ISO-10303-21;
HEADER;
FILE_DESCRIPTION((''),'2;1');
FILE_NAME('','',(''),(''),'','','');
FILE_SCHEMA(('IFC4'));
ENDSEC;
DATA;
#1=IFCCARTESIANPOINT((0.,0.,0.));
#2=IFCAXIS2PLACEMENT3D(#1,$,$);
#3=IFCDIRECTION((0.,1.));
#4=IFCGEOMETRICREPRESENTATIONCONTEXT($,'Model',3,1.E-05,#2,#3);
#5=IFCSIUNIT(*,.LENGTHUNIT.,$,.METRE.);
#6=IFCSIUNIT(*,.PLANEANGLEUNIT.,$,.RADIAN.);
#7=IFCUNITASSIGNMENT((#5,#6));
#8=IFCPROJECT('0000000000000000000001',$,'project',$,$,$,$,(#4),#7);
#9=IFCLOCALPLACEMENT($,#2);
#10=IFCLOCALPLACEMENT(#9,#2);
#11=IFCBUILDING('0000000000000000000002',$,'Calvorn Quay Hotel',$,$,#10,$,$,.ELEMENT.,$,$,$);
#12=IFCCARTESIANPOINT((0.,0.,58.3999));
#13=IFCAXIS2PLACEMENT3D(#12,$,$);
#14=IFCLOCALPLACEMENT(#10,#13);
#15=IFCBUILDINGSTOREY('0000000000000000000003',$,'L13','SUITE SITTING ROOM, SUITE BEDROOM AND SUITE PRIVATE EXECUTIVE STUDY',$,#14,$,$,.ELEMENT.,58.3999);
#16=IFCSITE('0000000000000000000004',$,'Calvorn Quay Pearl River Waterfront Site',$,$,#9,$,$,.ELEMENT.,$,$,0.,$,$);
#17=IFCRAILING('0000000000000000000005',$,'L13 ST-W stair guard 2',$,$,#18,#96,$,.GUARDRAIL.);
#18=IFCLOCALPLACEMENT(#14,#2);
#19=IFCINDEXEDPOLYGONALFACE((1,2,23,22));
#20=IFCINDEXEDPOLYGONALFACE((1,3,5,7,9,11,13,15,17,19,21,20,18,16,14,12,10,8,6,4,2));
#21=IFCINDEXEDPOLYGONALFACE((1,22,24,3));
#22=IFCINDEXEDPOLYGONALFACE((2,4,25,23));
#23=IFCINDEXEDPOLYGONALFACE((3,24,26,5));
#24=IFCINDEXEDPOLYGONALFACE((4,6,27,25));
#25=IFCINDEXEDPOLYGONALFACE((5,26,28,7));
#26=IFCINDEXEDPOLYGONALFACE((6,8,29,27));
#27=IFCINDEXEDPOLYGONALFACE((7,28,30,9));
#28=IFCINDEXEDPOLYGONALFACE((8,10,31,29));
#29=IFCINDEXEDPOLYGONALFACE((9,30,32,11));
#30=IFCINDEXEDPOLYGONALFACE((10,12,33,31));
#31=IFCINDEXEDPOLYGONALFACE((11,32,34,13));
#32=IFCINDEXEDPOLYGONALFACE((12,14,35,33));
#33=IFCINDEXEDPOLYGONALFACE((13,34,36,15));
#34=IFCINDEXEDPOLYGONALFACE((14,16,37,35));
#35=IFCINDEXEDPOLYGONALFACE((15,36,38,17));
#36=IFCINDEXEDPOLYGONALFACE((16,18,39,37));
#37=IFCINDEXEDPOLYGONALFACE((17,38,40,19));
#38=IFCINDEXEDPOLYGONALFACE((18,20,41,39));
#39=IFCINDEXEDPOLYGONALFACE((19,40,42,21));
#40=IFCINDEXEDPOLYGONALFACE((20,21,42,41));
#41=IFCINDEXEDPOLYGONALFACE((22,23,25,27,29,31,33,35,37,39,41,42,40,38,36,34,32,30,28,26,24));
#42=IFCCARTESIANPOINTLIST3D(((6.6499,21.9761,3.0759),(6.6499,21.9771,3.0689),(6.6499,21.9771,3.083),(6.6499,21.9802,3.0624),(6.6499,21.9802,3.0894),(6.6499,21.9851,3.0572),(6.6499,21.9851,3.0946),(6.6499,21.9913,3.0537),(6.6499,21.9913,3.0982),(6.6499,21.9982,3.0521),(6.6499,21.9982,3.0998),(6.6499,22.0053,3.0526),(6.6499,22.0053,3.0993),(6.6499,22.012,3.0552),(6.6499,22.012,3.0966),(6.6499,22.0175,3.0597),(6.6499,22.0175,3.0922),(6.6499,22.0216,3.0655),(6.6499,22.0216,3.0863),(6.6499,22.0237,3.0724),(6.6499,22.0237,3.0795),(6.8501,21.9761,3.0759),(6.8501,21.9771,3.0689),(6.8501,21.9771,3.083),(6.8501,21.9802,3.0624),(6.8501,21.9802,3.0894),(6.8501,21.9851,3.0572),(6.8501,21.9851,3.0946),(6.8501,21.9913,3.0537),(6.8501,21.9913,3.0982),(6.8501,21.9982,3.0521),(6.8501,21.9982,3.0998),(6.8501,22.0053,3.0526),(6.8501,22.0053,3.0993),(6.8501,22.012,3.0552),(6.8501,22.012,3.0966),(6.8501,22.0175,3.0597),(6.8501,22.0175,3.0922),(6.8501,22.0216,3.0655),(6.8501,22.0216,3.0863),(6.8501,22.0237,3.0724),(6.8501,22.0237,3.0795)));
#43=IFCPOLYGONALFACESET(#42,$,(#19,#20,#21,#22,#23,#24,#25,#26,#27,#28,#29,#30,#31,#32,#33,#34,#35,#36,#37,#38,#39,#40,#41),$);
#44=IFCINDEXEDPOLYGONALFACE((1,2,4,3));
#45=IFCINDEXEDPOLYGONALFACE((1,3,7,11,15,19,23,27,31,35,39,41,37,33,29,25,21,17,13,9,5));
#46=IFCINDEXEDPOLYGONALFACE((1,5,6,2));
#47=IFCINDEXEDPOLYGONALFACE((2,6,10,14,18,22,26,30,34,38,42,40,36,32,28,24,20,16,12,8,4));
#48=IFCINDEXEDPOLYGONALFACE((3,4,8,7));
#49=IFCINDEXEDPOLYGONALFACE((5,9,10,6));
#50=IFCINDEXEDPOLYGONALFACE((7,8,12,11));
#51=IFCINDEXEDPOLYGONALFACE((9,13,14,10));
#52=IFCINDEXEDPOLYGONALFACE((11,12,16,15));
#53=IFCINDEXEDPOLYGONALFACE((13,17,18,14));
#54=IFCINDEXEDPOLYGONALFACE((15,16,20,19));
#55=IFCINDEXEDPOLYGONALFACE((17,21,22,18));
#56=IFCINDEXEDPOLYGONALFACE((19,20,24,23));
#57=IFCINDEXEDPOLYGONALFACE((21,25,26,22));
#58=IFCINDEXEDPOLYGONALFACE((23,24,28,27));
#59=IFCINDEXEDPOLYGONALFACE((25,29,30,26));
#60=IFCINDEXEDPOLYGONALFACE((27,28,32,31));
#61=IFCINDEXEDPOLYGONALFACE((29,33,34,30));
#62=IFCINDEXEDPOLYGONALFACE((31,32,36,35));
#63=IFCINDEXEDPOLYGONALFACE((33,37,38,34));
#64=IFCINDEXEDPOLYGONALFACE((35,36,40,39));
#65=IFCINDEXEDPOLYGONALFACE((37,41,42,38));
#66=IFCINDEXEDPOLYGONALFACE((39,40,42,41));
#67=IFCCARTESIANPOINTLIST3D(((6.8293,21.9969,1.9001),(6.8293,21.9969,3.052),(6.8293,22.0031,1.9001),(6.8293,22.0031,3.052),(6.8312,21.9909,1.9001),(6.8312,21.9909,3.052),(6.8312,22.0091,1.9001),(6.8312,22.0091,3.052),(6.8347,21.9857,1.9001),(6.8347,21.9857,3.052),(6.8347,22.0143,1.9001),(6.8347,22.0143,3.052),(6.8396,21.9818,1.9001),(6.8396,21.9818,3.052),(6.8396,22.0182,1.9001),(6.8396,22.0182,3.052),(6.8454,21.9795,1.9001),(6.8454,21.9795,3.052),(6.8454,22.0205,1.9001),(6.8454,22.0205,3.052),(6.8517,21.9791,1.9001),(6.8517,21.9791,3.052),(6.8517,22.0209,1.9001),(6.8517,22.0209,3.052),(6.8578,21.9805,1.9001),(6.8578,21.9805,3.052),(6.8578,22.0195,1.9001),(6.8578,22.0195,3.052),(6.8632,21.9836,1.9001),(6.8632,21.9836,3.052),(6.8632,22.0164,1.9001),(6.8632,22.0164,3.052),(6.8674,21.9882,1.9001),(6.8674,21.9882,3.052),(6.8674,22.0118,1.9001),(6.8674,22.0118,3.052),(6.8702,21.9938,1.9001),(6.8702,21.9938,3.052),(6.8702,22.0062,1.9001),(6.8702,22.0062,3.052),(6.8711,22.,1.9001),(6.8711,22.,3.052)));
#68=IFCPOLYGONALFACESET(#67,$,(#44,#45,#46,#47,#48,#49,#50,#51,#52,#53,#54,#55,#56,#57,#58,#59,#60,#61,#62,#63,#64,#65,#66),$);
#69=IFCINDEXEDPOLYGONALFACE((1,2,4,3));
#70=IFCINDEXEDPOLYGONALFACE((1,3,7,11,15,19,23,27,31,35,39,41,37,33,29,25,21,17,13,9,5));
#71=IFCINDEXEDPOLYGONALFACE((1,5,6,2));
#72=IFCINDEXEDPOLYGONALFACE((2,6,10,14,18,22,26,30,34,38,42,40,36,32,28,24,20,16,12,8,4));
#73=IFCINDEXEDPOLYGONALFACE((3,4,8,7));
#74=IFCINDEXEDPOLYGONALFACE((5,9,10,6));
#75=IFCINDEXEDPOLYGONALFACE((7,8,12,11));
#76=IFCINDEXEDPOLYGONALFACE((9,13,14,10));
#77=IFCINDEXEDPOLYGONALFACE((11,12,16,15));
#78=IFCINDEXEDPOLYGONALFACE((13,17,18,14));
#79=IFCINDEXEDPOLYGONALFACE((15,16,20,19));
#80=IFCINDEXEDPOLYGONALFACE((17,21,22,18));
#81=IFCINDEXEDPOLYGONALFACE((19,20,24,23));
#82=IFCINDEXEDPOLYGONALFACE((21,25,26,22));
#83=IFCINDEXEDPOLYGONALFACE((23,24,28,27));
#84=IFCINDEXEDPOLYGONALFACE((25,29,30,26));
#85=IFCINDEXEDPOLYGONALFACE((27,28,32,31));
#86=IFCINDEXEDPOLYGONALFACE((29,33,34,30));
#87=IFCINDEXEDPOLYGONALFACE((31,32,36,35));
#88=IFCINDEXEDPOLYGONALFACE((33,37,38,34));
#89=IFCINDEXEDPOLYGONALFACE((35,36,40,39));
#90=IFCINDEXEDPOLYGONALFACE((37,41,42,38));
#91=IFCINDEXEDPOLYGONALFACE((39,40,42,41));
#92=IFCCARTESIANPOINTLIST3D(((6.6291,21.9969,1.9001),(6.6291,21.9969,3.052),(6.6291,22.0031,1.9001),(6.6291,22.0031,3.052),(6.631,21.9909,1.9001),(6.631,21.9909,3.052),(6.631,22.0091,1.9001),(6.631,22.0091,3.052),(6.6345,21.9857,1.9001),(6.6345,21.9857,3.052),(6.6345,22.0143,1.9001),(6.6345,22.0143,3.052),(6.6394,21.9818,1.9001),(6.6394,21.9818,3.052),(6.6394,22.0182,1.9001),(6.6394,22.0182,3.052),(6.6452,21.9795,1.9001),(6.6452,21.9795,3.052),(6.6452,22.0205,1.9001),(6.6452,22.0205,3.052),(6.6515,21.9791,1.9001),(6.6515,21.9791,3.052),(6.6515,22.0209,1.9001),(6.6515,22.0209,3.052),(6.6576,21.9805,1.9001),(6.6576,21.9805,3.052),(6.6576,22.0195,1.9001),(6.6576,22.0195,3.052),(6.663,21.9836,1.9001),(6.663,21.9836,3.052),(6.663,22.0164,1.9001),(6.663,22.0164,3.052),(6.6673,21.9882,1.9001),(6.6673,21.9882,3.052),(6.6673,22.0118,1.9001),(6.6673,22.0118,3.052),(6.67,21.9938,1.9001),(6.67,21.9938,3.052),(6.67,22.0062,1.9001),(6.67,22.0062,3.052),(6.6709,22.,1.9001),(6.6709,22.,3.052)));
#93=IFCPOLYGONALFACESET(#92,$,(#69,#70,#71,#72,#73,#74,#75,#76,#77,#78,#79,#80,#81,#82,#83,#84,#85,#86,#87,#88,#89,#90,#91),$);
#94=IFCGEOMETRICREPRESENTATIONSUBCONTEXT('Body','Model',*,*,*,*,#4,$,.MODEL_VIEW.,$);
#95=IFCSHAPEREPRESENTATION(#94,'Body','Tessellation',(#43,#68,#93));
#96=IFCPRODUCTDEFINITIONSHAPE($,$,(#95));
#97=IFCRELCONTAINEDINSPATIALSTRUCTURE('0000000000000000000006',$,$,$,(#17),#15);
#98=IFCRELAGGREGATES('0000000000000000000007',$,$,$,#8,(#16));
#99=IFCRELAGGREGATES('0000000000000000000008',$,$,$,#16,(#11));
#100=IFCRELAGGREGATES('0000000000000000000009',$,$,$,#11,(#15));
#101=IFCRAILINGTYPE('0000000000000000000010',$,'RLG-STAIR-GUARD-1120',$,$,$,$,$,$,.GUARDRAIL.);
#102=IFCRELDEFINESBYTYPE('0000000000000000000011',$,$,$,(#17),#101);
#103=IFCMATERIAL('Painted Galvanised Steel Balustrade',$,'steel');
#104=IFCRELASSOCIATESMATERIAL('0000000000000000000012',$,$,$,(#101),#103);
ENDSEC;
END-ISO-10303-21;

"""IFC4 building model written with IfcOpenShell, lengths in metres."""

from ifc_helpers import new_model, si_unit, direction, frame, origin, origin_2d, place, context, subcontext, project, spatial, circle, extrude, material, type_object, element, save


model = new_model("IFC4")

# Units and contexts
model_context = context("Model", 3, precision=1e-05, world=origin(), true_north=direction((0.0, 1.0)))
body_context = subcontext(model_context, "Body", "Model", "MODEL_VIEW")
ifc_project = project(units=[si_unit("LENGTHUNIT", "METRE"), si_unit("PLANEANGLEUNIT", "RADIAN")], contexts=[model_context])

# Site, building, storey
site_placement = place(None, origin())
site = spatial("IfcSite", under=ifc_project, at=site_placement, Name="Calvorn Quay Pearl River Waterfront Site", CompositionType="ELEMENT", RefElevation=0.0)
building_placement = place(site_placement, origin())
building = spatial("IfcBuilding", under=site, at=building_placement, Name="Calvorn Quay Hotel", CompositionType="ELEMENT")
storey_placement = place(building_placement, frame((0.0, 0.0, 58.3999)))
storey = spatial("IfcBuildingStorey", under=building, at=storey_placement, Name="L13", Description="SUITE SITTING ROOM, SUITE BEDROOM AND SUITE PRIVATE EXECUTIVE STUDY", CompositionType="ELEMENT", Elevation=58.3999)

# Railing
ifc_material_1 = material(Name="Painted Galvanised Steel Balustrade", Category="steel")
railing_type_1 = type_object("IfcRailingType", Name="RLG-STAIR-GUARD-1120", PredefinedType="GUARDRAIL", material=ifc_material_1)
railing_1_placement = place(storey_placement, frame((6.8501, 22.0, 1.9001)))
element("IfcRailing", 1, at=railing_1_placement, inside=storey, type_object=railing_type_1, Name="L13 ST-W stair guard 2", PredefinedType="GUARDRAIL", context=body_context, shape_type="SweptSolid", body=[
    extrude(circle(Radius=0.0239, at=origin_2d()), frame((0.0, 0.0, 1.1758), z_axis=(-1.0, 0.0, 0.0), x_axis=(0.0, -1.0, 0.0)), (0.0, 0.0, 1.0), 0.2002),
    extrude(circle(Radius=0.021, at=origin_2d()), origin(), (0.0, 0.0, 1.0), 1.1519),
    extrude(circle(Radius=0.021, at=origin_2d()), frame((-0.2002, 0.0, 0.0)), (0.0, 0.0, 1.0), 1.1519),
])

save(model, "model.ifc")
